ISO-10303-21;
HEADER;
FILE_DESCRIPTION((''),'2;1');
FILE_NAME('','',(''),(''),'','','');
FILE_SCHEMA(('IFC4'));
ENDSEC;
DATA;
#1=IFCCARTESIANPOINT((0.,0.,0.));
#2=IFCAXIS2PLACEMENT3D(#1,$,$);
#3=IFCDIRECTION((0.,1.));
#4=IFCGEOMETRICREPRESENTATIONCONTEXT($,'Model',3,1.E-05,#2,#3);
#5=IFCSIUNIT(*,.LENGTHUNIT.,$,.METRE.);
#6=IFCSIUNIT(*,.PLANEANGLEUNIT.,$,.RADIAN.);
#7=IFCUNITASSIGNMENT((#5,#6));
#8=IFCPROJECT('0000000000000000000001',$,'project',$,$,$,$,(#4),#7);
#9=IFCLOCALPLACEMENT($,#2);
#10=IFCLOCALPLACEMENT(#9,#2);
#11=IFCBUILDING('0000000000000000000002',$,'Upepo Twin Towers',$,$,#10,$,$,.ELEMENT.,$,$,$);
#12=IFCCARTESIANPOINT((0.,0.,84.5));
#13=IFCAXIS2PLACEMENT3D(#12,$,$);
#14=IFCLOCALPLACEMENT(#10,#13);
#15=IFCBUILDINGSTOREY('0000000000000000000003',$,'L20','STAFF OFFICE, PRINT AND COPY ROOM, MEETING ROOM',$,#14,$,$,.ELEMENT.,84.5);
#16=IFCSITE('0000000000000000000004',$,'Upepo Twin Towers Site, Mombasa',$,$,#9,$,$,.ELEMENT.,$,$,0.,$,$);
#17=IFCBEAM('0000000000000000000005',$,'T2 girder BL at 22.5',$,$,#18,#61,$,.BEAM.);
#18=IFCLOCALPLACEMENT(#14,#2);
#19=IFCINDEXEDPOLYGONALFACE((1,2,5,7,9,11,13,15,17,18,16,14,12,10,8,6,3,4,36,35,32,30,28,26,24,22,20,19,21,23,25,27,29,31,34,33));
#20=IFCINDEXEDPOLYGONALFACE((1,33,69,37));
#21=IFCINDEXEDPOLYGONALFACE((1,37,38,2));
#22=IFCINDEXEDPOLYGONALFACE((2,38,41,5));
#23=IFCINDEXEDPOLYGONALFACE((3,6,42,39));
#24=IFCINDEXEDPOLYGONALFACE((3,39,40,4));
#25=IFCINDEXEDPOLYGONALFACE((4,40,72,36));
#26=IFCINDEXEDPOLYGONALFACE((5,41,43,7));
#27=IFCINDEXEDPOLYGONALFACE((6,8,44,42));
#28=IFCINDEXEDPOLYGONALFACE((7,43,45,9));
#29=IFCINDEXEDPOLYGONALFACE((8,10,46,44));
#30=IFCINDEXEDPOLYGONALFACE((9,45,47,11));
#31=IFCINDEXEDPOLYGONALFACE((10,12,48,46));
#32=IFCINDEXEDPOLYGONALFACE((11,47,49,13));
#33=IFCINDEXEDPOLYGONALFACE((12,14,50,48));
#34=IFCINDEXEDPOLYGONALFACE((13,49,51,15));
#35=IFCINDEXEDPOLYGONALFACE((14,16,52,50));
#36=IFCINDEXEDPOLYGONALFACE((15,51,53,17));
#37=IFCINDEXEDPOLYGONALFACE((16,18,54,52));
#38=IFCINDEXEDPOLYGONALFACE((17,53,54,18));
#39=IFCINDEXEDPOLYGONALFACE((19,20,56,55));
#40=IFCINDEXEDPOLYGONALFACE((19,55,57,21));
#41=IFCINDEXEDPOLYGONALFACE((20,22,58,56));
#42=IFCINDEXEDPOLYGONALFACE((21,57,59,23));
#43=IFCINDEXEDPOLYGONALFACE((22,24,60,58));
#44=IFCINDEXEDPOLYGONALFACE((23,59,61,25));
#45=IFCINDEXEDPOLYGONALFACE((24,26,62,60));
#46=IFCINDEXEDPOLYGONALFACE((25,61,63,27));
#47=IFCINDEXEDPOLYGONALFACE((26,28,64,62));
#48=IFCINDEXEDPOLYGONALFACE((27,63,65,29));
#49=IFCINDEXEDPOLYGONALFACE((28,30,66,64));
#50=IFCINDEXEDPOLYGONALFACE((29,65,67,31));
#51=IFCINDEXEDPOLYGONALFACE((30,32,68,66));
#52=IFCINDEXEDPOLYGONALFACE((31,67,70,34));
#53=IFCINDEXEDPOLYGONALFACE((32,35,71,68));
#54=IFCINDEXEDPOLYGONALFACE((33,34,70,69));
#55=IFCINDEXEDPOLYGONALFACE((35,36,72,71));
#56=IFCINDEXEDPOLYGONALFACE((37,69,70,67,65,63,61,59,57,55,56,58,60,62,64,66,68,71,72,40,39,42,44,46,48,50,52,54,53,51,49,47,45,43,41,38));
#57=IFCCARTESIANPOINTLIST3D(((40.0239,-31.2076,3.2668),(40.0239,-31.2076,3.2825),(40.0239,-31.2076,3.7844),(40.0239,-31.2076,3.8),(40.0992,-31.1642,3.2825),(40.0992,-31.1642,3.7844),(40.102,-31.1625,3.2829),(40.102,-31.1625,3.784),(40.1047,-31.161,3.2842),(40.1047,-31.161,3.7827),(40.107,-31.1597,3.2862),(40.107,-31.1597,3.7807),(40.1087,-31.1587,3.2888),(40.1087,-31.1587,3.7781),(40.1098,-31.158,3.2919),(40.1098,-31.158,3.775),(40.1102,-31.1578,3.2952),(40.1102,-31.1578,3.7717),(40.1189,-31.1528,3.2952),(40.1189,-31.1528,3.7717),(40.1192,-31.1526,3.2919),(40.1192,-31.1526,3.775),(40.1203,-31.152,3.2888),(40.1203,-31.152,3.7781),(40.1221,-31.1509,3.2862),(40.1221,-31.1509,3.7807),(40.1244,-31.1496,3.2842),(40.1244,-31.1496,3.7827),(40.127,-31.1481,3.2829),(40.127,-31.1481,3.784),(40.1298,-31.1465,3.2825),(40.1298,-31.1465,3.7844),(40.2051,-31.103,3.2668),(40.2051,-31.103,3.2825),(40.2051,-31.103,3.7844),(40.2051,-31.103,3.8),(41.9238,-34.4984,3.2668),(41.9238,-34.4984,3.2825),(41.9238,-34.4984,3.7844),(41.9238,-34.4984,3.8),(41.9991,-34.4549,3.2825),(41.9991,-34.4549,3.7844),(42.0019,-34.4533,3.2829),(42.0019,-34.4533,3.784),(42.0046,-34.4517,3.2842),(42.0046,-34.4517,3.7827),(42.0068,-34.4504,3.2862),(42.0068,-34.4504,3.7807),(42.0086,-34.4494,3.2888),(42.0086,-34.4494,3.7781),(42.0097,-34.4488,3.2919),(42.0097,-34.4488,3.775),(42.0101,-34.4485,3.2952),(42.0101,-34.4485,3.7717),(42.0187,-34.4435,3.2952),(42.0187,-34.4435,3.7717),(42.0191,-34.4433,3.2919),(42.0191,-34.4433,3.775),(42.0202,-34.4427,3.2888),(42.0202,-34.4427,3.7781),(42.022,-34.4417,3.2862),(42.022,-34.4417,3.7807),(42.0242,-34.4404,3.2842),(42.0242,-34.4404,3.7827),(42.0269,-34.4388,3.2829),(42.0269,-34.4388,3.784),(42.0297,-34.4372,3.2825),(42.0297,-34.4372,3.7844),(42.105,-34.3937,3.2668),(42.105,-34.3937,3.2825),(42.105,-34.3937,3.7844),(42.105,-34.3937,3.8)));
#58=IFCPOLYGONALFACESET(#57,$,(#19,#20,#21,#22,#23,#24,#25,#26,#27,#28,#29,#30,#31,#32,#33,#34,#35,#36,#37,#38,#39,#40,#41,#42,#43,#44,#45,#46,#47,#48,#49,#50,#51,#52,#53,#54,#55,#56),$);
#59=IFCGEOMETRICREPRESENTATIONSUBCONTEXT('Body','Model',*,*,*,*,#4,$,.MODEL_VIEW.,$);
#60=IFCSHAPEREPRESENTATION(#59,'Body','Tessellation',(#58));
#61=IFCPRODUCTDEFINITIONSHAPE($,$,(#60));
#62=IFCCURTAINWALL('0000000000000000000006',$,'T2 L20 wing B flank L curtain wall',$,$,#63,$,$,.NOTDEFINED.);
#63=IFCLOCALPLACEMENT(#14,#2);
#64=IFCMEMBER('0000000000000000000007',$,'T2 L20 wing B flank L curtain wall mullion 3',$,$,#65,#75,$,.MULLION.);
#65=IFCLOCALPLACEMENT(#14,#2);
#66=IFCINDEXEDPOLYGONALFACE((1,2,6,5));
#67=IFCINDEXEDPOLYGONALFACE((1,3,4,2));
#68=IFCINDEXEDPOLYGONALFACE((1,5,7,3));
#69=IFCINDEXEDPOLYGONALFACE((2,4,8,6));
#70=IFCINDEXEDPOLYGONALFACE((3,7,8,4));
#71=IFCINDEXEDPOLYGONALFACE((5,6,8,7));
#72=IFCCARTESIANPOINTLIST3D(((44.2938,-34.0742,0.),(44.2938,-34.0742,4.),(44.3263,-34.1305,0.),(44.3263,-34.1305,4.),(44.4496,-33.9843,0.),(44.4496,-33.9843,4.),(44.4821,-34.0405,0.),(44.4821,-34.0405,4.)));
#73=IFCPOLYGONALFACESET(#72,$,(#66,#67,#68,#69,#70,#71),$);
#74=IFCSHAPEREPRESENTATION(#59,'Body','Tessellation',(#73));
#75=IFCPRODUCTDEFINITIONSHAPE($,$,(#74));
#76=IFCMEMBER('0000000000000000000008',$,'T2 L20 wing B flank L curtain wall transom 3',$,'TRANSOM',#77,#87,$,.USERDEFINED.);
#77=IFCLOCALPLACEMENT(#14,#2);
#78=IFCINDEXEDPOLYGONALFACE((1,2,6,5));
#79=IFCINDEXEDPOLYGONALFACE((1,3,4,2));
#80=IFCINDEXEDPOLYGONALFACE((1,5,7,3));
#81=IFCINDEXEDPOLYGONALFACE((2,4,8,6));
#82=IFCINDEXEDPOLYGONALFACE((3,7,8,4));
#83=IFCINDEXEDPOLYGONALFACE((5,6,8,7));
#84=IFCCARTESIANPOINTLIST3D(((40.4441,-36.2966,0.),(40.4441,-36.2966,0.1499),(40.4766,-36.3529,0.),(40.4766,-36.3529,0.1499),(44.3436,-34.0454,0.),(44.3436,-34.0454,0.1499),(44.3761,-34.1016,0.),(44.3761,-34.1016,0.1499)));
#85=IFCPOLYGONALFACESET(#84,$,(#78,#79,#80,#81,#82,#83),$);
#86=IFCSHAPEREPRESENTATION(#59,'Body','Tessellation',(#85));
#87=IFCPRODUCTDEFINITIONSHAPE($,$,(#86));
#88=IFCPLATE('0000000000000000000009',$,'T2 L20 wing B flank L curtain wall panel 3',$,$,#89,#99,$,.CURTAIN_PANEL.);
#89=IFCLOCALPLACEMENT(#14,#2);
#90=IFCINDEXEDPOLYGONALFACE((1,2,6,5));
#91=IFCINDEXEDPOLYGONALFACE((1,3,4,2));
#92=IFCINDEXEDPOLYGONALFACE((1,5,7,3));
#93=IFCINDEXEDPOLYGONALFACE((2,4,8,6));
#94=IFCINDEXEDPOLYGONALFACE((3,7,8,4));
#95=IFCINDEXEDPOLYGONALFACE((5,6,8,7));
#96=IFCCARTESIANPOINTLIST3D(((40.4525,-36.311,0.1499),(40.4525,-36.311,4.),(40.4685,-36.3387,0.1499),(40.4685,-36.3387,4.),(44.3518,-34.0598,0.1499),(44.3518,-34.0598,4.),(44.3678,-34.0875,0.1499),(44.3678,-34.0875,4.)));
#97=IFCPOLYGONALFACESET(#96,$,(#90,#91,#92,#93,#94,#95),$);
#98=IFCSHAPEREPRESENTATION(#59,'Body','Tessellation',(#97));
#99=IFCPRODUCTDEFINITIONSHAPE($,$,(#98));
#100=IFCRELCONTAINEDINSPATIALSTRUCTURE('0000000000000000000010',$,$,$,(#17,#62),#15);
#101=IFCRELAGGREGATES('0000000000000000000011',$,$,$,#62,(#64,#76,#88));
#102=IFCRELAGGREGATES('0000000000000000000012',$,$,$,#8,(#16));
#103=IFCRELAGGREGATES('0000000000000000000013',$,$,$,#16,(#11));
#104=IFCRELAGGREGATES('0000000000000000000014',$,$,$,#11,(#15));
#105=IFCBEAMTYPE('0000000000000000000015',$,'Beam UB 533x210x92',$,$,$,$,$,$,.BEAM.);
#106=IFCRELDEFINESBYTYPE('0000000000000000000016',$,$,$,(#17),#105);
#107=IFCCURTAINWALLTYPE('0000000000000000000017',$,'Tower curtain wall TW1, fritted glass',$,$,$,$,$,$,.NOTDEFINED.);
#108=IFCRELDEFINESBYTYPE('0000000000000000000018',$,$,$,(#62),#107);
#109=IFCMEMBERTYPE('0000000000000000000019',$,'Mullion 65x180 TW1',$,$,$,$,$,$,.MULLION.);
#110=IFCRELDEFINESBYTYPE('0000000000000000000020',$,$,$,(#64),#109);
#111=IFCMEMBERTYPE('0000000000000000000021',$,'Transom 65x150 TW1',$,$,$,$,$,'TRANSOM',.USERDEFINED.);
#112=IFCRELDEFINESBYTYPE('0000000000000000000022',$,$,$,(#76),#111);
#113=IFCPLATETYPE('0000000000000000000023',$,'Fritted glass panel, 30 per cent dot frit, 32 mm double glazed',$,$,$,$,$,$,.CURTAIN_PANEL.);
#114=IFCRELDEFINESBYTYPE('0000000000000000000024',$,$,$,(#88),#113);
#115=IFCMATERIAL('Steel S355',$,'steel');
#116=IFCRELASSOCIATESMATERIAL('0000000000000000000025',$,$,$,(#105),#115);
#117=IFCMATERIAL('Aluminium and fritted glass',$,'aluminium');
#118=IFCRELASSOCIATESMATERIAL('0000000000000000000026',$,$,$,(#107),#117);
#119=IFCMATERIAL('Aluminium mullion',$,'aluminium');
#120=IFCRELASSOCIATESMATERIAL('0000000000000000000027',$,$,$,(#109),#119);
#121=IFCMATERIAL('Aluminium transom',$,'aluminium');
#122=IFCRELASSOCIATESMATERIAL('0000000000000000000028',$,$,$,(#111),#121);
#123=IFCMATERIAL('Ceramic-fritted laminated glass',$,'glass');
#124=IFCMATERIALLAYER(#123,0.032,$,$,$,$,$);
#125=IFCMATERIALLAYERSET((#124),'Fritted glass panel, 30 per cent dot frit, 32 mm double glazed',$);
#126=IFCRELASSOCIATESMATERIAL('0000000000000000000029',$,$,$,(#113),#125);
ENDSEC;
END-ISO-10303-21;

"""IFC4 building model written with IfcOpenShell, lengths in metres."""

from ifc_helpers import new_model, si_unit, direction, frame, origin, origin_2d, place, context, subcontext, project, spatial, rectangle, i_section, extrude, material, layer, layer_set, material_profile, profile_set, type_object, element, aggregate, save


model = new_model("IFC4")

# Units and contexts
model_context = context("Model", 3, precision=1e-05, world=origin(), true_north=direction((0.0, 1.0)))
body_context = subcontext(model_context, "Body", "Model", "MODEL_VIEW")
ifc_project = project(units=[si_unit("LENGTHUNIT", "METRE"), si_unit("PLANEANGLEUNIT", "RADIAN")], contexts=[model_context])

# Site, building, storey
site_placement = place(None, origin())
site = spatial("IfcSite", under=ifc_project, at=site_placement, Name="Upepo Twin Towers Site, Mombasa", CompositionType="ELEMENT", RefElevation=0.0)
building_placement = place(site_placement, origin())
building = spatial("IfcBuilding", under=site, at=building_placement, Name="Upepo Twin Towers", CompositionType="ELEMENT")
storey_placement = place(building_placement, frame((0.0, 0.0, 84.5)))
storey = spatial("IfcBuildingStorey", under=building, at=storey_placement, Name="L20", Description="STAFF OFFICE, PRINT AND COPY ROOM, MEETING ROOM", CompositionType="ELEMENT", Elevation=84.5)

# Beam
ifc_material_1 = material(Name="Steel S355", Category="steel")
ifc_material_profile_1 = material_profile(ifc_material_1, i_section(OverallWidth=0.2092, OverallDepth=0.5332, WebThickness=0.01, FlangeThickness=0.0156, FilletRadius=0.0127, at=origin_2d()), Name="UB 533x210x92")
ifc_profile_set_1 = profile_set([ifc_material_profile_1], Name="Steel S355")
beam_type_1 = type_object("IfcBeamType", Name="Beam UB 533x210x92", PredefinedType="BEAM", material=ifc_profile_set_1)
beam_1_placement = place(storey_placement, frame((42.0144, -34.446, 3.5334), z_axis=(-0.499995, 0.866028, 0.0), x_axis=(-0.866028, -0.499995, 0.0)))
element("IfcBeam", 1, at=beam_1_placement, inside=storey, type_object=beam_type_1, Name="T2 girder BL at 22.5", PredefinedType="BEAM", context=body_context, shape_type="SweptSolid", body=[
    extrude(i_section(OverallWidth=0.2092, OverallDepth=0.5332, WebThickness=0.01, FlangeThickness=0.0156, FilletRadius=0.0127, at=origin_2d()), origin(), (0.0, 0.0, 1.0), 3.7998),
])

# Curtain wall, members, plate
ifc_material_2 = material(Name="Aluminium and fritted glass", Category="aluminium")
curtain_wall_type = type_object("IfcCurtainWallType", Name="Tower curtain wall TW1, fritted glass", PredefinedType="NOTDEFINED", material=ifc_material_2)
curtain_wall_placement = place(storey_placement, origin())
curtain_wall = element("IfcCurtainWall", 2, at=curtain_wall_placement, inside=storey, type_object=curtain_wall_type, Name="T2 L20 wing B flank L curtain wall", PredefinedType="NOTDEFINED")
ifc_material_3 = material(Name="Aluminium mullion", Category="aluminium")
ifc_material_profile_2 = material_profile(ifc_material_3, rectangle(XDim=0.0649, YDim=0.1799, at=origin_2d()), Name="MULLION 65x180")
ifc_profile_set_2 = profile_set([ifc_material_profile_2], Name="Aluminium mullion")
member_type_1 = type_object("IfcMemberType", Name="Mullion 65x180 TW1", PredefinedType="MULLION", material=ifc_profile_set_2)
member_1_placement = place(storey_placement, frame((44.3879, -34.0574, 0.0), z_axis=(0.0, 0.0, 1.0), x_axis=(0.5, -0.866025, 0.0)))
member_1 = element("IfcMember", 3, at=member_1_placement, type_object=member_type_1, Name="T2 L20 wing B flank L curtain wall mullion 3", PredefinedType="MULLION", context=body_context, shape_type="SweptSolid", body=[
    extrude(rectangle(XDim=0.0649, YDim=0.1799, at=origin_2d()), origin(), (0.0, 0.0, 1.0), 4.0),
])
ifc_material_4 = material(Name="Aluminium transom", Category="aluminium")
ifc_material_profile_3 = material_profile(ifc_material_4, rectangle(XDim=0.0649, YDim=0.1499, at=origin_2d()), Name="TRANSOM 65x150")
ifc_profile_set_3 = profile_set([ifc_material_profile_3], Name="Aluminium transom")
member_type_2 = type_object("IfcMemberType", Name="Transom 65x150 TW1", ElementType="TRANSOM", PredefinedType="USERDEFINED", material=ifc_profile_set_3)
member_2_placement = place(storey_placement, frame((44.3599, -34.0735, 0.075), z_axis=(-0.866036, -0.499982, 0.0), x_axis=(0.499982, -0.866036, 0.0)))
member_2 = element("IfcMember", 4, at=member_2_placement, type_object=member_type_2, Name="T2 L20 wing B flank L curtain wall transom 3", ObjectType="TRANSOM", PredefinedType="USERDEFINED", context=body_context, shape_type="SweptSolid", body=[
    extrude(rectangle(XDim=0.0649, YDim=0.1499, at=origin_2d()), origin(), (0.0, 0.0, 1.0), 4.5027),
])
ifc_material_5 = material(Name="Ceramic-fritted laminated glass", Category="glass")
ifc_layer_1 = layer(ifc_material_5, 0.032)
ifc_layer_set_1 = layer_set([ifc_layer_1], Name="Fritted glass panel, 30 per cent dot frit, 32 mm double glazed")
plate_type = type_object("IfcPlateType", Name="Fritted glass panel, 30 per cent dot frit, 32 mm double glazed", PredefinedType="CURTAIN_PANEL", material=ifc_layer_set_1)
plate_placement = place(storey_placement, frame((42.4102, -35.1992, 0.1499), z_axis=(0.0, 0.0, 1.0), x_axis=(-0.866025, -0.5, 0.0)))
plate = element("IfcPlate", 5, at=plate_placement, type_object=plate_type, Name="T2 L20 wing B flank L curtain wall panel 3", PredefinedType="CURTAIN_PANEL", context=body_context, shape_type="SweptSolid", body=[
    extrude(rectangle(XDim=4.5024, YDim=0.032, at=origin_2d()), origin(), (0.0, 0.0, 1.0), 3.8501),
])
aggregate(curtain_wall, [member_1, member_2, plate])

save(model, "model.ifc")
